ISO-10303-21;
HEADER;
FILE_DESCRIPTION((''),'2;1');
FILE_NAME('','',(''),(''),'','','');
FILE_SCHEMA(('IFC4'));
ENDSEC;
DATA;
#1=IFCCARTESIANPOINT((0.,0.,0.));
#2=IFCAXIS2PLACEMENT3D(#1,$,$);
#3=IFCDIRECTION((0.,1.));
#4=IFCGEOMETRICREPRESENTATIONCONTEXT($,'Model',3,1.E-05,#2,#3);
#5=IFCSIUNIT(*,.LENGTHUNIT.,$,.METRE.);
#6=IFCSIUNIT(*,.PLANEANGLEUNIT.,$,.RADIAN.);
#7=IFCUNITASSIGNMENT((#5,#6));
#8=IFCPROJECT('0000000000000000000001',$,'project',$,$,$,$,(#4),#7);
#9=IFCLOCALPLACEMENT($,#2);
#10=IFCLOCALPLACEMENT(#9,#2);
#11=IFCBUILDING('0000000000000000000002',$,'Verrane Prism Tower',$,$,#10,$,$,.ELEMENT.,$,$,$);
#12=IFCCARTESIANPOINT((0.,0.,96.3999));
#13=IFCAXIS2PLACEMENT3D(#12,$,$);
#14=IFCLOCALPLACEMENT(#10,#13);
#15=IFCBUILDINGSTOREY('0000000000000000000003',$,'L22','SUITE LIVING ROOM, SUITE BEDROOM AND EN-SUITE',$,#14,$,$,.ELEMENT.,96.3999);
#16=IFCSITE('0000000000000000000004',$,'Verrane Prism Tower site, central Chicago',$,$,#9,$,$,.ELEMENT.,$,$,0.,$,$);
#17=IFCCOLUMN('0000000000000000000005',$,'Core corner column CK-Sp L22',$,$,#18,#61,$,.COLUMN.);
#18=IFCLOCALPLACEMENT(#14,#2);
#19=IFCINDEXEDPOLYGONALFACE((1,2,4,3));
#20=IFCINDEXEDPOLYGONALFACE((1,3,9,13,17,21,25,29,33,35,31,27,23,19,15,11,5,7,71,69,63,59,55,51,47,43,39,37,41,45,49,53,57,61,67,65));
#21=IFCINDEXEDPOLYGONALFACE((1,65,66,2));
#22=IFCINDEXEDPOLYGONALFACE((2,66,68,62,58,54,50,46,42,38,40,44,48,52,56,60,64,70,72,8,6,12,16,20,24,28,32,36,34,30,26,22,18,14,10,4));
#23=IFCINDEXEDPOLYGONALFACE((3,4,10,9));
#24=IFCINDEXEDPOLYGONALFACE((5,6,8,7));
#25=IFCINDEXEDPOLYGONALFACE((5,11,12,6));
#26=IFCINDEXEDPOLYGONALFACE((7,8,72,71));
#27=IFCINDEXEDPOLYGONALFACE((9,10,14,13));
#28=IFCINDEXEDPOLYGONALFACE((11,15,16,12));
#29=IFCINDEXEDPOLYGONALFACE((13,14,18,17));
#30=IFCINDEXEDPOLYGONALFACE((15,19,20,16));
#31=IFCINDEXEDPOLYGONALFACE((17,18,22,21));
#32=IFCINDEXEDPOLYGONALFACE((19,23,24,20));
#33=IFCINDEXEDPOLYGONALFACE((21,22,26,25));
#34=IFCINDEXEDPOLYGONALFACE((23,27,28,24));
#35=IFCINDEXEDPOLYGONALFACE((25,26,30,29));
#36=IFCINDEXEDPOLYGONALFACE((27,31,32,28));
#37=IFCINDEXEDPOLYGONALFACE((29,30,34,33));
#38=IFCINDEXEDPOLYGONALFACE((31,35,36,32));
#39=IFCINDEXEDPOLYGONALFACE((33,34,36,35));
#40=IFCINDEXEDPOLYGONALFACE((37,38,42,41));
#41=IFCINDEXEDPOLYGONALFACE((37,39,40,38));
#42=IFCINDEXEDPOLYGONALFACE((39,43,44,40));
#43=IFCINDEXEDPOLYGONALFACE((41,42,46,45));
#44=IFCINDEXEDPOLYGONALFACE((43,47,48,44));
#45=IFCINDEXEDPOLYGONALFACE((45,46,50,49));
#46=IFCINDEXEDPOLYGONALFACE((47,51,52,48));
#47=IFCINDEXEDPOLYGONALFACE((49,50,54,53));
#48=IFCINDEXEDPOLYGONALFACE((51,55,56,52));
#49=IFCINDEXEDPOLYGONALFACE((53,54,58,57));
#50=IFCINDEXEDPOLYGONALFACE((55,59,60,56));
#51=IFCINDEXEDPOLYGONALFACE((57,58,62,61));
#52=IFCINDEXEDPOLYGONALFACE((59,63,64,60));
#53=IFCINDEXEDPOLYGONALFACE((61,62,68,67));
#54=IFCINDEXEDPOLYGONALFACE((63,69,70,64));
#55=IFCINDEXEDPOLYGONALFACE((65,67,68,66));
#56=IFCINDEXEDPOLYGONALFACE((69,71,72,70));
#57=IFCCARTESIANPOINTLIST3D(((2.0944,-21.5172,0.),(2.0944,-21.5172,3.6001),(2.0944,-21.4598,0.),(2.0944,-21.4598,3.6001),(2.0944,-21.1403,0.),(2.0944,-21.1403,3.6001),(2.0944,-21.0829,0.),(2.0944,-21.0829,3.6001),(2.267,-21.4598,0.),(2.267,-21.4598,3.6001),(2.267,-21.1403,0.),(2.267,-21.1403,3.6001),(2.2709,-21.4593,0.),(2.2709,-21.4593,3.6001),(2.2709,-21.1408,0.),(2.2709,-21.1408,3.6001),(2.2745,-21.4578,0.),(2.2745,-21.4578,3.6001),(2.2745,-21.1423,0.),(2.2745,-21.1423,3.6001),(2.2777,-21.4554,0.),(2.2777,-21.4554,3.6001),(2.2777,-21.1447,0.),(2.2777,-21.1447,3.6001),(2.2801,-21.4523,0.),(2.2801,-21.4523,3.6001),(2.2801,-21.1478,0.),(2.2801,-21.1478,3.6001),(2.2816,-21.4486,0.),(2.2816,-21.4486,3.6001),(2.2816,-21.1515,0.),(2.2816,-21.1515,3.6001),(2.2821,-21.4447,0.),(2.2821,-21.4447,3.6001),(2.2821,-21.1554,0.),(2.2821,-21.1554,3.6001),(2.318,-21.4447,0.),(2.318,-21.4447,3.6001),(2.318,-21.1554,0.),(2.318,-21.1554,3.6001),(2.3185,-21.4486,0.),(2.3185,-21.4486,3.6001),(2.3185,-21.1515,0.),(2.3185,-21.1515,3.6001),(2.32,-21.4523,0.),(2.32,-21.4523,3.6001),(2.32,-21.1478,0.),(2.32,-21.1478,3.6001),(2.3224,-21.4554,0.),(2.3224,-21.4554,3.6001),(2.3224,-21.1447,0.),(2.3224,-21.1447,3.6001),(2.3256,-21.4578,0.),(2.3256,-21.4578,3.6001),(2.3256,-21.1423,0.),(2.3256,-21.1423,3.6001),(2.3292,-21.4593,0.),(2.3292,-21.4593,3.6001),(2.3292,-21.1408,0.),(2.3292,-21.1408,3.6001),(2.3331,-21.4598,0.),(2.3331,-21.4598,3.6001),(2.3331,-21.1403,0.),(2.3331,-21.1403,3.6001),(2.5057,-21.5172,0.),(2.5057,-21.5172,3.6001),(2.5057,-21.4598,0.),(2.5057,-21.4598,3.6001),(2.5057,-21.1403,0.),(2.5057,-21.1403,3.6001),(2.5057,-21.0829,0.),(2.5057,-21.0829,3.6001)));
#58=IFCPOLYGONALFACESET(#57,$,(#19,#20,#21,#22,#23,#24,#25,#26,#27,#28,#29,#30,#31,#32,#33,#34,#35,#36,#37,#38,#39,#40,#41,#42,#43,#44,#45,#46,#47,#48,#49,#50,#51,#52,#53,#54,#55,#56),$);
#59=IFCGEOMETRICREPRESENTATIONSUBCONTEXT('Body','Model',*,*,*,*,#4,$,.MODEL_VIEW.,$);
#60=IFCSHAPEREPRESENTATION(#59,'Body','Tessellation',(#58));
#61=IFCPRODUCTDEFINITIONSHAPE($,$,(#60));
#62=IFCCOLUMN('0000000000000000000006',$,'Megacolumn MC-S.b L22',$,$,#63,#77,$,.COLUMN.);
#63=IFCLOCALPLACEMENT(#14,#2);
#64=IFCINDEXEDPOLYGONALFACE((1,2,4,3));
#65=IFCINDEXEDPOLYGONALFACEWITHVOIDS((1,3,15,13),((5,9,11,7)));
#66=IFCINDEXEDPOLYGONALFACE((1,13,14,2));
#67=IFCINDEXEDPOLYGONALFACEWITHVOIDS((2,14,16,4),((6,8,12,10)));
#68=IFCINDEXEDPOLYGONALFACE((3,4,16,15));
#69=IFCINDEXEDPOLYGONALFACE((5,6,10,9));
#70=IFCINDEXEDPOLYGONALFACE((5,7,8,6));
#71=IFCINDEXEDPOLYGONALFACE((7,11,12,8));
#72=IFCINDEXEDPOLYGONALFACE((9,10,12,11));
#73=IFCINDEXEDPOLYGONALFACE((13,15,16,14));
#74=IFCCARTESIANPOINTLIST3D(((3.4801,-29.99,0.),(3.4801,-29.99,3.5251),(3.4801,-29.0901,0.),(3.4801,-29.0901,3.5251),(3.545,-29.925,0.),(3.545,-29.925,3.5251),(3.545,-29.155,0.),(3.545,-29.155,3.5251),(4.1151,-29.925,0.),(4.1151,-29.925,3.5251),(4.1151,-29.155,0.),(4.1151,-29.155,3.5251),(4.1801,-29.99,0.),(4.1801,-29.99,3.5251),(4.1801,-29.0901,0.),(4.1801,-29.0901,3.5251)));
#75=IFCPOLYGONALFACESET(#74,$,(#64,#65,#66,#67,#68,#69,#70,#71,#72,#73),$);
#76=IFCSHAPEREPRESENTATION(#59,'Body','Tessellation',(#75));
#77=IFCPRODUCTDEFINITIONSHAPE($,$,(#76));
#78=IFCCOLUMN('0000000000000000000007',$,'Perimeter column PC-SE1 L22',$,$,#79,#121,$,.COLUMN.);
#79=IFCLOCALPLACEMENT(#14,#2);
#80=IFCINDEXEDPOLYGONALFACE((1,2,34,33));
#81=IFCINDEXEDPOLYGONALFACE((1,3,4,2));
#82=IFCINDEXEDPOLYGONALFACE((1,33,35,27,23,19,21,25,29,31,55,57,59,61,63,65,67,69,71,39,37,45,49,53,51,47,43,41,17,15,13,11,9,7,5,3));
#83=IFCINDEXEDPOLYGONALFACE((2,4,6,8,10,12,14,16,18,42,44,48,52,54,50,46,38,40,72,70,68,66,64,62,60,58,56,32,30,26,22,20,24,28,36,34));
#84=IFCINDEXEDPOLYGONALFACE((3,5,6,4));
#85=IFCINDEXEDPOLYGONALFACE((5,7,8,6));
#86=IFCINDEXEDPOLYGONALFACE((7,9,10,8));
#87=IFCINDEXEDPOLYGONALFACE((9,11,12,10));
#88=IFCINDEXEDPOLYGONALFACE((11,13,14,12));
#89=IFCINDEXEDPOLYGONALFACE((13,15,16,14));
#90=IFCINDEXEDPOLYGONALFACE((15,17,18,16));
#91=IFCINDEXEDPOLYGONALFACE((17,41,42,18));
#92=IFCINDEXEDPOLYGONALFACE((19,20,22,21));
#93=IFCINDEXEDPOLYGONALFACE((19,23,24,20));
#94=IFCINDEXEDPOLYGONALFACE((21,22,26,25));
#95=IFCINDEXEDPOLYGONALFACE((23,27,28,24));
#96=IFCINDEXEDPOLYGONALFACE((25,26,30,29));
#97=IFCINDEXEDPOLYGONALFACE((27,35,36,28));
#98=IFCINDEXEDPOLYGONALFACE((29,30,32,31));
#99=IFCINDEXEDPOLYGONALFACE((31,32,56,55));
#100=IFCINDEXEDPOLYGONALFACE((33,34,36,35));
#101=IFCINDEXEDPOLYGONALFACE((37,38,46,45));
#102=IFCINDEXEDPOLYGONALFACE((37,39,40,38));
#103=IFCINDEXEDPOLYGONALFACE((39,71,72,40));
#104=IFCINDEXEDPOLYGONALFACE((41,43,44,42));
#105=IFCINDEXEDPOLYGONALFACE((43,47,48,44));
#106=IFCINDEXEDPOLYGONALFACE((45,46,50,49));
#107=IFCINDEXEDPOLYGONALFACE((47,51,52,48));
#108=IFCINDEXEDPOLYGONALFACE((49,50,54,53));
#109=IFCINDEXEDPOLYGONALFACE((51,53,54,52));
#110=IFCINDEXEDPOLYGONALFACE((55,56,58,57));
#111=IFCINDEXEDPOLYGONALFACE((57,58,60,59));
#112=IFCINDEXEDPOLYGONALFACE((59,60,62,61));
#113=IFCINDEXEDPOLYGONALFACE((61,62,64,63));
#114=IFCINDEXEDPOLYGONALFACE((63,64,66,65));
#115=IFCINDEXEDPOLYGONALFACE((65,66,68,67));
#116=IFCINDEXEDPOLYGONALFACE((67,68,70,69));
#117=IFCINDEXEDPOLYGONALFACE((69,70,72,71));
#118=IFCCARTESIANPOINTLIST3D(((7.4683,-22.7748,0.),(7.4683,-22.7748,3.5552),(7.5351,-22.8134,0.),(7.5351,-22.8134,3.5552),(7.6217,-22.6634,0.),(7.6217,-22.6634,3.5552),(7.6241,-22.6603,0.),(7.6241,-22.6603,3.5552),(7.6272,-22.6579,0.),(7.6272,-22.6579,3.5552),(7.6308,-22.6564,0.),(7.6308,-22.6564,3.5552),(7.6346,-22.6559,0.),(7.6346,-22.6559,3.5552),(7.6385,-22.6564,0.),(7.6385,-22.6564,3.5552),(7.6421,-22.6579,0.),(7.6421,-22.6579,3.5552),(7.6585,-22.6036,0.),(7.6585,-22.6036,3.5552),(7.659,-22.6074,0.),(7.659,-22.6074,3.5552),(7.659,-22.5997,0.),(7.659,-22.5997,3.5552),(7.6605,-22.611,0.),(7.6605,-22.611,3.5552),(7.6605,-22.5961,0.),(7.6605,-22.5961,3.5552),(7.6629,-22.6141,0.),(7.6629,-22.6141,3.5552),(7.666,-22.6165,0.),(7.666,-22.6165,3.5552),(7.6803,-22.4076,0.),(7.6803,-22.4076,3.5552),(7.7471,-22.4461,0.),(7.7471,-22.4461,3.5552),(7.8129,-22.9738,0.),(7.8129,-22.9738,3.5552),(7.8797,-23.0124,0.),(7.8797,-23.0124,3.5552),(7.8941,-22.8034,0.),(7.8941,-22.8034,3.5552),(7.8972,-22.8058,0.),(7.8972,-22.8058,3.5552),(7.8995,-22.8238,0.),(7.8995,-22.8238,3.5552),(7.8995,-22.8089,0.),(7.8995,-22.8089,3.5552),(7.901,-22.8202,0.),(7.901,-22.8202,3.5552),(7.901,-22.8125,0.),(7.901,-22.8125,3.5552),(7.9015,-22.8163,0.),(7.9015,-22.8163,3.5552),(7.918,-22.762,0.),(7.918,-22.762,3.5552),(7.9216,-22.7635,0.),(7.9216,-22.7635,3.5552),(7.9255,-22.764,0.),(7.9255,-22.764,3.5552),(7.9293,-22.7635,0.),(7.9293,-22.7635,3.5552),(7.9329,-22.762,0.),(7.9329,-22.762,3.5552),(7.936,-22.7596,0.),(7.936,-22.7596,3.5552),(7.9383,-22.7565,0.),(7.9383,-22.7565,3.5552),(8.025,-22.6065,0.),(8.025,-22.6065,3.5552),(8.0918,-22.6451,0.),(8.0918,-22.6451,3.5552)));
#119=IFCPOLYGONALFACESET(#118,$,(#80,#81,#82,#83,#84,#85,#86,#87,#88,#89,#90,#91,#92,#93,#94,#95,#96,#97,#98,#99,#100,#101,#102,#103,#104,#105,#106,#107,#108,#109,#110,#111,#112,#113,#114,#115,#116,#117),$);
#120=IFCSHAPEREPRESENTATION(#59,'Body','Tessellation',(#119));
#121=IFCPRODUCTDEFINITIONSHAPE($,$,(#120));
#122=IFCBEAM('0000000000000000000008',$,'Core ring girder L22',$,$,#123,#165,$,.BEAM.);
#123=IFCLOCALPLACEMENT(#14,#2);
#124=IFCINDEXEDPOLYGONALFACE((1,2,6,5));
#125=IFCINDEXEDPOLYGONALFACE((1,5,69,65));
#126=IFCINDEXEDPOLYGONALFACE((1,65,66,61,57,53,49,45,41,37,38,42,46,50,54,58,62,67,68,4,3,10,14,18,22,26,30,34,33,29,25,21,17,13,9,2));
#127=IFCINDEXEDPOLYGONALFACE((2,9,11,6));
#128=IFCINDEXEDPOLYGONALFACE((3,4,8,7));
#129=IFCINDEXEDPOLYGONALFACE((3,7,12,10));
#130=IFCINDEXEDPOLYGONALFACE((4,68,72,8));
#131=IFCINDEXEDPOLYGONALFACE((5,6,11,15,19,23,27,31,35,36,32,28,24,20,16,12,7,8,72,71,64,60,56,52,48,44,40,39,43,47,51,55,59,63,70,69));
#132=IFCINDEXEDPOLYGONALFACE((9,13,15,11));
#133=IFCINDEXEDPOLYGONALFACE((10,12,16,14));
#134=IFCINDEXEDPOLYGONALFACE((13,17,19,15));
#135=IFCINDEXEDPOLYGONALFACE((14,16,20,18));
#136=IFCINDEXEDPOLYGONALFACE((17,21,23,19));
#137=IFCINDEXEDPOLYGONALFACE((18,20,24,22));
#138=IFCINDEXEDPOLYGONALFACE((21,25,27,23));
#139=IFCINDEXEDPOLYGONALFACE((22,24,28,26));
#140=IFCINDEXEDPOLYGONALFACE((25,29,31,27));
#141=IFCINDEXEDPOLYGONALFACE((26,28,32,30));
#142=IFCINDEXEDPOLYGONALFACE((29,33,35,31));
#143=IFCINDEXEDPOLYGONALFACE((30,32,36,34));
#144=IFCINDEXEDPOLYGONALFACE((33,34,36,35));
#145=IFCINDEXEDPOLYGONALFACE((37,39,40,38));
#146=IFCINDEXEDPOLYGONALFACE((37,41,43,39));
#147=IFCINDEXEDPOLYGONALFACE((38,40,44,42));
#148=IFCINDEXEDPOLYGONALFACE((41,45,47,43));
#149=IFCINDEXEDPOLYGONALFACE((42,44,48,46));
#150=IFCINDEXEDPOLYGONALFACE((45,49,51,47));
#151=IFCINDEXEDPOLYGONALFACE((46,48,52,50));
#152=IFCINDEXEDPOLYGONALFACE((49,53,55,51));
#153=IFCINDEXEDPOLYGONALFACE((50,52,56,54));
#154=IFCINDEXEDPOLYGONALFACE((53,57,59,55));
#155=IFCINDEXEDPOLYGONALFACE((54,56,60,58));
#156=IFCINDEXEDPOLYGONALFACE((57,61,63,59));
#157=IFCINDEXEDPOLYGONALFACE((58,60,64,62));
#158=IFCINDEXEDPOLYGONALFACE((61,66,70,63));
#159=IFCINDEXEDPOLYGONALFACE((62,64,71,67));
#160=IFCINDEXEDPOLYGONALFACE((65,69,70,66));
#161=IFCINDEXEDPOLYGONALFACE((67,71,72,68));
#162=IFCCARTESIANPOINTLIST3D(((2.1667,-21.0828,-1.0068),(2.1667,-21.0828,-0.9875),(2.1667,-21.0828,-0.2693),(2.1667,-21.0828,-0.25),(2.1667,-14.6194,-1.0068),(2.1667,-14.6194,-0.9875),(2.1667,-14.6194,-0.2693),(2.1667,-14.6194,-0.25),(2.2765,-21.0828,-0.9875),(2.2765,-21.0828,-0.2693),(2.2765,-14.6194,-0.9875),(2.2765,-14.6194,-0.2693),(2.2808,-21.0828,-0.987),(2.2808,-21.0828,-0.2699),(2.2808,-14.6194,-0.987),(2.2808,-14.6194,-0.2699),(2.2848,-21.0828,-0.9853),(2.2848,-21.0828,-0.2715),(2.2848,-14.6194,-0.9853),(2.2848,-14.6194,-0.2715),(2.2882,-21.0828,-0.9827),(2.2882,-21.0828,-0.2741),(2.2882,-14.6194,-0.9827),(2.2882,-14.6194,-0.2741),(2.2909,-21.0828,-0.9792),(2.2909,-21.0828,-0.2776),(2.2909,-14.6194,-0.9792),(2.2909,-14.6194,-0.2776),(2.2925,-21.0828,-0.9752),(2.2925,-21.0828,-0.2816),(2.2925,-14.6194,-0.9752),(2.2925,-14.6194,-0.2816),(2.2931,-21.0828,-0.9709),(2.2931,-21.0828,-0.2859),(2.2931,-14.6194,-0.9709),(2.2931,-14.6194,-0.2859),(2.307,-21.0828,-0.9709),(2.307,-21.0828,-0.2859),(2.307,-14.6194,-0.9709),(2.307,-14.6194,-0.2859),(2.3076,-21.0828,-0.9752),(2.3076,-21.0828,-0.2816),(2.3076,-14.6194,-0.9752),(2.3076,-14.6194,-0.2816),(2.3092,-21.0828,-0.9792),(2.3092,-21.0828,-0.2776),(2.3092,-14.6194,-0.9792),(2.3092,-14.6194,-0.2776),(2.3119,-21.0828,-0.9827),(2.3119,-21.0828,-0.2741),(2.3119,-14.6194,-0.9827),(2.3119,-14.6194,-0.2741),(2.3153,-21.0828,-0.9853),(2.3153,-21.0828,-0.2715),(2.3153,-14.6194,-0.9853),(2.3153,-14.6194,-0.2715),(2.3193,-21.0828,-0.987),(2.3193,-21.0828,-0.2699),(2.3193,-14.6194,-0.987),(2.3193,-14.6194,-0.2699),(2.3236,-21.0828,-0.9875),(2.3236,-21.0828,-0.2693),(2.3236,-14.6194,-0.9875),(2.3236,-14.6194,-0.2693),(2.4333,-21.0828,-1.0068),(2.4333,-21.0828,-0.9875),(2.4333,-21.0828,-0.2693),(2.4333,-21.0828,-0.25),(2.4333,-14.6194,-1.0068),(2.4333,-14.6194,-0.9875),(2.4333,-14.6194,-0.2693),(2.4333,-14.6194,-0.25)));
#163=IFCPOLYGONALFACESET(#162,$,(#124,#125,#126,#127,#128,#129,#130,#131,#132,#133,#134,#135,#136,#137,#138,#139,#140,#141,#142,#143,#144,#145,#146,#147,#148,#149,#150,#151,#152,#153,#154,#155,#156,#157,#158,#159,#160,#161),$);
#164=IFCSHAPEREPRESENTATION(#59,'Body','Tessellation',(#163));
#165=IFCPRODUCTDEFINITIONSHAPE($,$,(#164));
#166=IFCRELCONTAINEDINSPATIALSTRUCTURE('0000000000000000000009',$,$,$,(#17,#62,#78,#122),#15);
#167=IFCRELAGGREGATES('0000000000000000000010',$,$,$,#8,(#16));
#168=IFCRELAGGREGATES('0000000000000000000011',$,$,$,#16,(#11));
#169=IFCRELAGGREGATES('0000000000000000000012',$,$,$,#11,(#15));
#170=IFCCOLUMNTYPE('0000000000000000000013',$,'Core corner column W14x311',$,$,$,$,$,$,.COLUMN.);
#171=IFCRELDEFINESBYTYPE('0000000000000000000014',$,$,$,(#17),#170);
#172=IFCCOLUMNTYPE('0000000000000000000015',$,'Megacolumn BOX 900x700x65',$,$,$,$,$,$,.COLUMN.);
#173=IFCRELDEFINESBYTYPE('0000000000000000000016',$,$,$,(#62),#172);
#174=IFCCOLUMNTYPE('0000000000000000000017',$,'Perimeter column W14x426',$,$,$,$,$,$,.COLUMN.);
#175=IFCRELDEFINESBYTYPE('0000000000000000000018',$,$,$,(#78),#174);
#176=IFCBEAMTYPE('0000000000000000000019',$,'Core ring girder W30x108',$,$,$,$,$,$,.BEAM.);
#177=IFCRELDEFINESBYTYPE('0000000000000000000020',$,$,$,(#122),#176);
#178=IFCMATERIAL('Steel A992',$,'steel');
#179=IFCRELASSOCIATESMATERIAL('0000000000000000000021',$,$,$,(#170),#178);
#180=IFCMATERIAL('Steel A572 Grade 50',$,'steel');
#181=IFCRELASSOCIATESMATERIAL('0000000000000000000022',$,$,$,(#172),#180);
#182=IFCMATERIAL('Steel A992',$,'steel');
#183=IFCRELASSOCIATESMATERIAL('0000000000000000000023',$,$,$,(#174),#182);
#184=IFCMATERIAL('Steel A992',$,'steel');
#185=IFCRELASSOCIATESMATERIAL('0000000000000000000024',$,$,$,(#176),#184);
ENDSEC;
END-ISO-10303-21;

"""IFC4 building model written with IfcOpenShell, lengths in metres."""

from ifc_helpers import new_model, si_unit, direction, frame, origin, origin_2d, place, context, subcontext, project, spatial, hollow_rectangle, i_section, extrude, material, material_profile, profile_set, type_object, element, save


model = new_model("IFC4")

# Units and contexts
model_context = context("Model", 3, precision=1e-05, world=origin(), true_north=direction((0.0, 1.0)))
body_context = subcontext(model_context, "Body", "Model", "MODEL_VIEW")
ifc_project = project(units=[si_unit("LENGTHUNIT", "METRE"), si_unit("PLANEANGLEUNIT", "RADIAN")], contexts=[model_context])

# Site, building, storey
site_placement = place(None, origin())
site = spatial("IfcSite", under=ifc_project, at=site_placement, Name="Verrane Prism Tower site, central Chicago", CompositionType="ELEMENT", RefElevation=0.0)
building_placement = place(site_placement, origin())
building = spatial("IfcBuilding", under=site, at=building_placement, Name="Verrane Prism Tower", CompositionType="ELEMENT")
storey_placement = place(building_placement, frame((0.0, 0.0, 96.3999)))
storey = spatial("IfcBuildingStorey", under=building, at=storey_placement, Name="L22", Description="SUITE LIVING ROOM, SUITE BEDROOM AND EN-SUITE", CompositionType="ELEMENT", Elevation=96.3999)

# Columns
ifc_material_1 = material(Name="Steel A992", Category="steel")
ifc_material_profile_1 = material_profile(ifc_material_1, i_section(OverallWidth=0.4114, OverallDepth=0.4343, WebThickness=0.0359, FlangeThickness=0.0574, FilletRadius=0.0151, at=origin_2d()), Name="W14x311")
ifc_profile_set_1 = profile_set([ifc_material_profile_1], Name="Steel A992")
column_type_1 = type_object("IfcColumnType", Name="Core corner column W14x311", PredefinedType="COLUMN", material=ifc_profile_set_1)
column_1_placement = place(storey_placement, frame((2.3, -21.3, 0.0), z_axis=(0.0, 0.0, 1.0), x_axis=(-1.0, 0.0, 0.0)))
element("IfcColumn", 1, at=column_1_placement, inside=storey, type_object=column_type_1, Name="Core corner column CK-Sp L22", PredefinedType="COLUMN", context=body_context, shape_type="SweptSolid", body=[
    extrude(i_section(OverallWidth=0.4114, OverallDepth=0.4343, WebThickness=0.0359, FlangeThickness=0.0574, FilletRadius=0.0151, at=origin_2d()), origin(), (0.0, 0.0, 1.0), 3.6001),
])
ifc_material_2 = material(Name="Steel A572 Grade 50", Category="steel")
ifc_material_profile_2 = material_profile(ifc_material_2, hollow_rectangle(XDim=0.7, YDim=0.8999, WallThickness=0.0649, at=origin_2d()), Name="BOX 900x700x65")
ifc_profile_set_2 = profile_set([ifc_material_profile_2], Name="Steel A572 Grade 50")
column_type_2 = type_object("IfcColumnType", Name="Megacolumn BOX 900x700x65", PredefinedType="COLUMN", material=ifc_profile_set_2)
column_2_placement = place(storey_placement, frame((3.8301, -29.54, 0.0), z_axis=(0.0, 0.0, 1.0), x_axis=(-1.0, 0.0, 0.0)))
element("IfcColumn", 2, at=column_2_placement, inside=storey, type_object=column_type_2, Name="Megacolumn MC-S.b L22", PredefinedType="COLUMN", context=body_context, shape_type="SweptSolid", body=[
    extrude(hollow_rectangle(XDim=0.7, YDim=0.8999, WallThickness=0.0649, at=origin_2d()), origin(), (0.0, 0.0, 1.0), 3.5251),
])
ifc_material_3 = material(Name="Steel A992", Category="steel")
ifc_material_profile_3 = material_profile(ifc_material_3, i_section(OverallWidth=0.4241, OverallDepth=0.4751, WebThickness=0.0479, FlangeThickness=0.0771, FilletRadius=0.0149, at=origin_2d()), Name="W14x426")
ifc_profile_set_3 = profile_set([ifc_material_profile_3], Name="Steel A992")
column_type_3 = type_object("IfcColumnType", Name="Perimeter column W14x426", PredefinedType="COLUMN", material=ifc_profile_set_3)
column_3_placement = place(storey_placement, frame((7.78, -22.71, 0.0), z_axis=(0.0, 0.0, 1.0), x_axis=(-0.5, -0.866025, 0.0)))
element("IfcColumn", 3, at=column_3_placement, inside=storey, type_object=column_type_3, Name="Perimeter column PC-SE1 L22", PredefinedType="COLUMN", context=body_context, shape_type="SweptSolid", body=[
    extrude(i_section(OverallWidth=0.4241, OverallDepth=0.4751, WebThickness=0.0479, FlangeThickness=0.0771, FilletRadius=0.0149, at=origin_2d()), origin(), (0.0, 0.0, 1.0), 3.5552),
])

# Beam
ifc_material_4 = material(Name="Steel A992", Category="steel")
ifc_material_profile_4 = material_profile(ifc_material_4, i_section(OverallWidth=0.2666, OverallDepth=0.7568, WebThickness=0.0139, FlangeThickness=0.0193, FilletRadius=0.0166, at=origin_2d()), Name="W30x108")
ifc_profile_set_4 = profile_set([ifc_material_profile_4], Name="Steel A992")
beam_type_1 = type_object("IfcBeamType", Name="Core ring girder W30x108", PredefinedType="BEAM", material=ifc_profile_set_4)
beam_1_placement = place(storey_placement, frame((2.3, -21.0828, -0.6284), z_axis=(0.0, 1.0, 0.0), x_axis=(-1.0, 0.0, 0.0)))
element("IfcBeam", 4, at=beam_1_placement, inside=storey, type_object=beam_type_1, Name="Core ring girder L22", PredefinedType="BEAM", context=body_context, shape_type="SweptSolid", body=[
    extrude(i_section(OverallWidth=0.2666, OverallDepth=0.7568, WebThickness=0.0139, FlangeThickness=0.0193, FilletRadius=0.0166, at=origin_2d()), origin(), (0.0, 0.0, 1.0), 6.4634),
])

save(model, "model.ifc")
